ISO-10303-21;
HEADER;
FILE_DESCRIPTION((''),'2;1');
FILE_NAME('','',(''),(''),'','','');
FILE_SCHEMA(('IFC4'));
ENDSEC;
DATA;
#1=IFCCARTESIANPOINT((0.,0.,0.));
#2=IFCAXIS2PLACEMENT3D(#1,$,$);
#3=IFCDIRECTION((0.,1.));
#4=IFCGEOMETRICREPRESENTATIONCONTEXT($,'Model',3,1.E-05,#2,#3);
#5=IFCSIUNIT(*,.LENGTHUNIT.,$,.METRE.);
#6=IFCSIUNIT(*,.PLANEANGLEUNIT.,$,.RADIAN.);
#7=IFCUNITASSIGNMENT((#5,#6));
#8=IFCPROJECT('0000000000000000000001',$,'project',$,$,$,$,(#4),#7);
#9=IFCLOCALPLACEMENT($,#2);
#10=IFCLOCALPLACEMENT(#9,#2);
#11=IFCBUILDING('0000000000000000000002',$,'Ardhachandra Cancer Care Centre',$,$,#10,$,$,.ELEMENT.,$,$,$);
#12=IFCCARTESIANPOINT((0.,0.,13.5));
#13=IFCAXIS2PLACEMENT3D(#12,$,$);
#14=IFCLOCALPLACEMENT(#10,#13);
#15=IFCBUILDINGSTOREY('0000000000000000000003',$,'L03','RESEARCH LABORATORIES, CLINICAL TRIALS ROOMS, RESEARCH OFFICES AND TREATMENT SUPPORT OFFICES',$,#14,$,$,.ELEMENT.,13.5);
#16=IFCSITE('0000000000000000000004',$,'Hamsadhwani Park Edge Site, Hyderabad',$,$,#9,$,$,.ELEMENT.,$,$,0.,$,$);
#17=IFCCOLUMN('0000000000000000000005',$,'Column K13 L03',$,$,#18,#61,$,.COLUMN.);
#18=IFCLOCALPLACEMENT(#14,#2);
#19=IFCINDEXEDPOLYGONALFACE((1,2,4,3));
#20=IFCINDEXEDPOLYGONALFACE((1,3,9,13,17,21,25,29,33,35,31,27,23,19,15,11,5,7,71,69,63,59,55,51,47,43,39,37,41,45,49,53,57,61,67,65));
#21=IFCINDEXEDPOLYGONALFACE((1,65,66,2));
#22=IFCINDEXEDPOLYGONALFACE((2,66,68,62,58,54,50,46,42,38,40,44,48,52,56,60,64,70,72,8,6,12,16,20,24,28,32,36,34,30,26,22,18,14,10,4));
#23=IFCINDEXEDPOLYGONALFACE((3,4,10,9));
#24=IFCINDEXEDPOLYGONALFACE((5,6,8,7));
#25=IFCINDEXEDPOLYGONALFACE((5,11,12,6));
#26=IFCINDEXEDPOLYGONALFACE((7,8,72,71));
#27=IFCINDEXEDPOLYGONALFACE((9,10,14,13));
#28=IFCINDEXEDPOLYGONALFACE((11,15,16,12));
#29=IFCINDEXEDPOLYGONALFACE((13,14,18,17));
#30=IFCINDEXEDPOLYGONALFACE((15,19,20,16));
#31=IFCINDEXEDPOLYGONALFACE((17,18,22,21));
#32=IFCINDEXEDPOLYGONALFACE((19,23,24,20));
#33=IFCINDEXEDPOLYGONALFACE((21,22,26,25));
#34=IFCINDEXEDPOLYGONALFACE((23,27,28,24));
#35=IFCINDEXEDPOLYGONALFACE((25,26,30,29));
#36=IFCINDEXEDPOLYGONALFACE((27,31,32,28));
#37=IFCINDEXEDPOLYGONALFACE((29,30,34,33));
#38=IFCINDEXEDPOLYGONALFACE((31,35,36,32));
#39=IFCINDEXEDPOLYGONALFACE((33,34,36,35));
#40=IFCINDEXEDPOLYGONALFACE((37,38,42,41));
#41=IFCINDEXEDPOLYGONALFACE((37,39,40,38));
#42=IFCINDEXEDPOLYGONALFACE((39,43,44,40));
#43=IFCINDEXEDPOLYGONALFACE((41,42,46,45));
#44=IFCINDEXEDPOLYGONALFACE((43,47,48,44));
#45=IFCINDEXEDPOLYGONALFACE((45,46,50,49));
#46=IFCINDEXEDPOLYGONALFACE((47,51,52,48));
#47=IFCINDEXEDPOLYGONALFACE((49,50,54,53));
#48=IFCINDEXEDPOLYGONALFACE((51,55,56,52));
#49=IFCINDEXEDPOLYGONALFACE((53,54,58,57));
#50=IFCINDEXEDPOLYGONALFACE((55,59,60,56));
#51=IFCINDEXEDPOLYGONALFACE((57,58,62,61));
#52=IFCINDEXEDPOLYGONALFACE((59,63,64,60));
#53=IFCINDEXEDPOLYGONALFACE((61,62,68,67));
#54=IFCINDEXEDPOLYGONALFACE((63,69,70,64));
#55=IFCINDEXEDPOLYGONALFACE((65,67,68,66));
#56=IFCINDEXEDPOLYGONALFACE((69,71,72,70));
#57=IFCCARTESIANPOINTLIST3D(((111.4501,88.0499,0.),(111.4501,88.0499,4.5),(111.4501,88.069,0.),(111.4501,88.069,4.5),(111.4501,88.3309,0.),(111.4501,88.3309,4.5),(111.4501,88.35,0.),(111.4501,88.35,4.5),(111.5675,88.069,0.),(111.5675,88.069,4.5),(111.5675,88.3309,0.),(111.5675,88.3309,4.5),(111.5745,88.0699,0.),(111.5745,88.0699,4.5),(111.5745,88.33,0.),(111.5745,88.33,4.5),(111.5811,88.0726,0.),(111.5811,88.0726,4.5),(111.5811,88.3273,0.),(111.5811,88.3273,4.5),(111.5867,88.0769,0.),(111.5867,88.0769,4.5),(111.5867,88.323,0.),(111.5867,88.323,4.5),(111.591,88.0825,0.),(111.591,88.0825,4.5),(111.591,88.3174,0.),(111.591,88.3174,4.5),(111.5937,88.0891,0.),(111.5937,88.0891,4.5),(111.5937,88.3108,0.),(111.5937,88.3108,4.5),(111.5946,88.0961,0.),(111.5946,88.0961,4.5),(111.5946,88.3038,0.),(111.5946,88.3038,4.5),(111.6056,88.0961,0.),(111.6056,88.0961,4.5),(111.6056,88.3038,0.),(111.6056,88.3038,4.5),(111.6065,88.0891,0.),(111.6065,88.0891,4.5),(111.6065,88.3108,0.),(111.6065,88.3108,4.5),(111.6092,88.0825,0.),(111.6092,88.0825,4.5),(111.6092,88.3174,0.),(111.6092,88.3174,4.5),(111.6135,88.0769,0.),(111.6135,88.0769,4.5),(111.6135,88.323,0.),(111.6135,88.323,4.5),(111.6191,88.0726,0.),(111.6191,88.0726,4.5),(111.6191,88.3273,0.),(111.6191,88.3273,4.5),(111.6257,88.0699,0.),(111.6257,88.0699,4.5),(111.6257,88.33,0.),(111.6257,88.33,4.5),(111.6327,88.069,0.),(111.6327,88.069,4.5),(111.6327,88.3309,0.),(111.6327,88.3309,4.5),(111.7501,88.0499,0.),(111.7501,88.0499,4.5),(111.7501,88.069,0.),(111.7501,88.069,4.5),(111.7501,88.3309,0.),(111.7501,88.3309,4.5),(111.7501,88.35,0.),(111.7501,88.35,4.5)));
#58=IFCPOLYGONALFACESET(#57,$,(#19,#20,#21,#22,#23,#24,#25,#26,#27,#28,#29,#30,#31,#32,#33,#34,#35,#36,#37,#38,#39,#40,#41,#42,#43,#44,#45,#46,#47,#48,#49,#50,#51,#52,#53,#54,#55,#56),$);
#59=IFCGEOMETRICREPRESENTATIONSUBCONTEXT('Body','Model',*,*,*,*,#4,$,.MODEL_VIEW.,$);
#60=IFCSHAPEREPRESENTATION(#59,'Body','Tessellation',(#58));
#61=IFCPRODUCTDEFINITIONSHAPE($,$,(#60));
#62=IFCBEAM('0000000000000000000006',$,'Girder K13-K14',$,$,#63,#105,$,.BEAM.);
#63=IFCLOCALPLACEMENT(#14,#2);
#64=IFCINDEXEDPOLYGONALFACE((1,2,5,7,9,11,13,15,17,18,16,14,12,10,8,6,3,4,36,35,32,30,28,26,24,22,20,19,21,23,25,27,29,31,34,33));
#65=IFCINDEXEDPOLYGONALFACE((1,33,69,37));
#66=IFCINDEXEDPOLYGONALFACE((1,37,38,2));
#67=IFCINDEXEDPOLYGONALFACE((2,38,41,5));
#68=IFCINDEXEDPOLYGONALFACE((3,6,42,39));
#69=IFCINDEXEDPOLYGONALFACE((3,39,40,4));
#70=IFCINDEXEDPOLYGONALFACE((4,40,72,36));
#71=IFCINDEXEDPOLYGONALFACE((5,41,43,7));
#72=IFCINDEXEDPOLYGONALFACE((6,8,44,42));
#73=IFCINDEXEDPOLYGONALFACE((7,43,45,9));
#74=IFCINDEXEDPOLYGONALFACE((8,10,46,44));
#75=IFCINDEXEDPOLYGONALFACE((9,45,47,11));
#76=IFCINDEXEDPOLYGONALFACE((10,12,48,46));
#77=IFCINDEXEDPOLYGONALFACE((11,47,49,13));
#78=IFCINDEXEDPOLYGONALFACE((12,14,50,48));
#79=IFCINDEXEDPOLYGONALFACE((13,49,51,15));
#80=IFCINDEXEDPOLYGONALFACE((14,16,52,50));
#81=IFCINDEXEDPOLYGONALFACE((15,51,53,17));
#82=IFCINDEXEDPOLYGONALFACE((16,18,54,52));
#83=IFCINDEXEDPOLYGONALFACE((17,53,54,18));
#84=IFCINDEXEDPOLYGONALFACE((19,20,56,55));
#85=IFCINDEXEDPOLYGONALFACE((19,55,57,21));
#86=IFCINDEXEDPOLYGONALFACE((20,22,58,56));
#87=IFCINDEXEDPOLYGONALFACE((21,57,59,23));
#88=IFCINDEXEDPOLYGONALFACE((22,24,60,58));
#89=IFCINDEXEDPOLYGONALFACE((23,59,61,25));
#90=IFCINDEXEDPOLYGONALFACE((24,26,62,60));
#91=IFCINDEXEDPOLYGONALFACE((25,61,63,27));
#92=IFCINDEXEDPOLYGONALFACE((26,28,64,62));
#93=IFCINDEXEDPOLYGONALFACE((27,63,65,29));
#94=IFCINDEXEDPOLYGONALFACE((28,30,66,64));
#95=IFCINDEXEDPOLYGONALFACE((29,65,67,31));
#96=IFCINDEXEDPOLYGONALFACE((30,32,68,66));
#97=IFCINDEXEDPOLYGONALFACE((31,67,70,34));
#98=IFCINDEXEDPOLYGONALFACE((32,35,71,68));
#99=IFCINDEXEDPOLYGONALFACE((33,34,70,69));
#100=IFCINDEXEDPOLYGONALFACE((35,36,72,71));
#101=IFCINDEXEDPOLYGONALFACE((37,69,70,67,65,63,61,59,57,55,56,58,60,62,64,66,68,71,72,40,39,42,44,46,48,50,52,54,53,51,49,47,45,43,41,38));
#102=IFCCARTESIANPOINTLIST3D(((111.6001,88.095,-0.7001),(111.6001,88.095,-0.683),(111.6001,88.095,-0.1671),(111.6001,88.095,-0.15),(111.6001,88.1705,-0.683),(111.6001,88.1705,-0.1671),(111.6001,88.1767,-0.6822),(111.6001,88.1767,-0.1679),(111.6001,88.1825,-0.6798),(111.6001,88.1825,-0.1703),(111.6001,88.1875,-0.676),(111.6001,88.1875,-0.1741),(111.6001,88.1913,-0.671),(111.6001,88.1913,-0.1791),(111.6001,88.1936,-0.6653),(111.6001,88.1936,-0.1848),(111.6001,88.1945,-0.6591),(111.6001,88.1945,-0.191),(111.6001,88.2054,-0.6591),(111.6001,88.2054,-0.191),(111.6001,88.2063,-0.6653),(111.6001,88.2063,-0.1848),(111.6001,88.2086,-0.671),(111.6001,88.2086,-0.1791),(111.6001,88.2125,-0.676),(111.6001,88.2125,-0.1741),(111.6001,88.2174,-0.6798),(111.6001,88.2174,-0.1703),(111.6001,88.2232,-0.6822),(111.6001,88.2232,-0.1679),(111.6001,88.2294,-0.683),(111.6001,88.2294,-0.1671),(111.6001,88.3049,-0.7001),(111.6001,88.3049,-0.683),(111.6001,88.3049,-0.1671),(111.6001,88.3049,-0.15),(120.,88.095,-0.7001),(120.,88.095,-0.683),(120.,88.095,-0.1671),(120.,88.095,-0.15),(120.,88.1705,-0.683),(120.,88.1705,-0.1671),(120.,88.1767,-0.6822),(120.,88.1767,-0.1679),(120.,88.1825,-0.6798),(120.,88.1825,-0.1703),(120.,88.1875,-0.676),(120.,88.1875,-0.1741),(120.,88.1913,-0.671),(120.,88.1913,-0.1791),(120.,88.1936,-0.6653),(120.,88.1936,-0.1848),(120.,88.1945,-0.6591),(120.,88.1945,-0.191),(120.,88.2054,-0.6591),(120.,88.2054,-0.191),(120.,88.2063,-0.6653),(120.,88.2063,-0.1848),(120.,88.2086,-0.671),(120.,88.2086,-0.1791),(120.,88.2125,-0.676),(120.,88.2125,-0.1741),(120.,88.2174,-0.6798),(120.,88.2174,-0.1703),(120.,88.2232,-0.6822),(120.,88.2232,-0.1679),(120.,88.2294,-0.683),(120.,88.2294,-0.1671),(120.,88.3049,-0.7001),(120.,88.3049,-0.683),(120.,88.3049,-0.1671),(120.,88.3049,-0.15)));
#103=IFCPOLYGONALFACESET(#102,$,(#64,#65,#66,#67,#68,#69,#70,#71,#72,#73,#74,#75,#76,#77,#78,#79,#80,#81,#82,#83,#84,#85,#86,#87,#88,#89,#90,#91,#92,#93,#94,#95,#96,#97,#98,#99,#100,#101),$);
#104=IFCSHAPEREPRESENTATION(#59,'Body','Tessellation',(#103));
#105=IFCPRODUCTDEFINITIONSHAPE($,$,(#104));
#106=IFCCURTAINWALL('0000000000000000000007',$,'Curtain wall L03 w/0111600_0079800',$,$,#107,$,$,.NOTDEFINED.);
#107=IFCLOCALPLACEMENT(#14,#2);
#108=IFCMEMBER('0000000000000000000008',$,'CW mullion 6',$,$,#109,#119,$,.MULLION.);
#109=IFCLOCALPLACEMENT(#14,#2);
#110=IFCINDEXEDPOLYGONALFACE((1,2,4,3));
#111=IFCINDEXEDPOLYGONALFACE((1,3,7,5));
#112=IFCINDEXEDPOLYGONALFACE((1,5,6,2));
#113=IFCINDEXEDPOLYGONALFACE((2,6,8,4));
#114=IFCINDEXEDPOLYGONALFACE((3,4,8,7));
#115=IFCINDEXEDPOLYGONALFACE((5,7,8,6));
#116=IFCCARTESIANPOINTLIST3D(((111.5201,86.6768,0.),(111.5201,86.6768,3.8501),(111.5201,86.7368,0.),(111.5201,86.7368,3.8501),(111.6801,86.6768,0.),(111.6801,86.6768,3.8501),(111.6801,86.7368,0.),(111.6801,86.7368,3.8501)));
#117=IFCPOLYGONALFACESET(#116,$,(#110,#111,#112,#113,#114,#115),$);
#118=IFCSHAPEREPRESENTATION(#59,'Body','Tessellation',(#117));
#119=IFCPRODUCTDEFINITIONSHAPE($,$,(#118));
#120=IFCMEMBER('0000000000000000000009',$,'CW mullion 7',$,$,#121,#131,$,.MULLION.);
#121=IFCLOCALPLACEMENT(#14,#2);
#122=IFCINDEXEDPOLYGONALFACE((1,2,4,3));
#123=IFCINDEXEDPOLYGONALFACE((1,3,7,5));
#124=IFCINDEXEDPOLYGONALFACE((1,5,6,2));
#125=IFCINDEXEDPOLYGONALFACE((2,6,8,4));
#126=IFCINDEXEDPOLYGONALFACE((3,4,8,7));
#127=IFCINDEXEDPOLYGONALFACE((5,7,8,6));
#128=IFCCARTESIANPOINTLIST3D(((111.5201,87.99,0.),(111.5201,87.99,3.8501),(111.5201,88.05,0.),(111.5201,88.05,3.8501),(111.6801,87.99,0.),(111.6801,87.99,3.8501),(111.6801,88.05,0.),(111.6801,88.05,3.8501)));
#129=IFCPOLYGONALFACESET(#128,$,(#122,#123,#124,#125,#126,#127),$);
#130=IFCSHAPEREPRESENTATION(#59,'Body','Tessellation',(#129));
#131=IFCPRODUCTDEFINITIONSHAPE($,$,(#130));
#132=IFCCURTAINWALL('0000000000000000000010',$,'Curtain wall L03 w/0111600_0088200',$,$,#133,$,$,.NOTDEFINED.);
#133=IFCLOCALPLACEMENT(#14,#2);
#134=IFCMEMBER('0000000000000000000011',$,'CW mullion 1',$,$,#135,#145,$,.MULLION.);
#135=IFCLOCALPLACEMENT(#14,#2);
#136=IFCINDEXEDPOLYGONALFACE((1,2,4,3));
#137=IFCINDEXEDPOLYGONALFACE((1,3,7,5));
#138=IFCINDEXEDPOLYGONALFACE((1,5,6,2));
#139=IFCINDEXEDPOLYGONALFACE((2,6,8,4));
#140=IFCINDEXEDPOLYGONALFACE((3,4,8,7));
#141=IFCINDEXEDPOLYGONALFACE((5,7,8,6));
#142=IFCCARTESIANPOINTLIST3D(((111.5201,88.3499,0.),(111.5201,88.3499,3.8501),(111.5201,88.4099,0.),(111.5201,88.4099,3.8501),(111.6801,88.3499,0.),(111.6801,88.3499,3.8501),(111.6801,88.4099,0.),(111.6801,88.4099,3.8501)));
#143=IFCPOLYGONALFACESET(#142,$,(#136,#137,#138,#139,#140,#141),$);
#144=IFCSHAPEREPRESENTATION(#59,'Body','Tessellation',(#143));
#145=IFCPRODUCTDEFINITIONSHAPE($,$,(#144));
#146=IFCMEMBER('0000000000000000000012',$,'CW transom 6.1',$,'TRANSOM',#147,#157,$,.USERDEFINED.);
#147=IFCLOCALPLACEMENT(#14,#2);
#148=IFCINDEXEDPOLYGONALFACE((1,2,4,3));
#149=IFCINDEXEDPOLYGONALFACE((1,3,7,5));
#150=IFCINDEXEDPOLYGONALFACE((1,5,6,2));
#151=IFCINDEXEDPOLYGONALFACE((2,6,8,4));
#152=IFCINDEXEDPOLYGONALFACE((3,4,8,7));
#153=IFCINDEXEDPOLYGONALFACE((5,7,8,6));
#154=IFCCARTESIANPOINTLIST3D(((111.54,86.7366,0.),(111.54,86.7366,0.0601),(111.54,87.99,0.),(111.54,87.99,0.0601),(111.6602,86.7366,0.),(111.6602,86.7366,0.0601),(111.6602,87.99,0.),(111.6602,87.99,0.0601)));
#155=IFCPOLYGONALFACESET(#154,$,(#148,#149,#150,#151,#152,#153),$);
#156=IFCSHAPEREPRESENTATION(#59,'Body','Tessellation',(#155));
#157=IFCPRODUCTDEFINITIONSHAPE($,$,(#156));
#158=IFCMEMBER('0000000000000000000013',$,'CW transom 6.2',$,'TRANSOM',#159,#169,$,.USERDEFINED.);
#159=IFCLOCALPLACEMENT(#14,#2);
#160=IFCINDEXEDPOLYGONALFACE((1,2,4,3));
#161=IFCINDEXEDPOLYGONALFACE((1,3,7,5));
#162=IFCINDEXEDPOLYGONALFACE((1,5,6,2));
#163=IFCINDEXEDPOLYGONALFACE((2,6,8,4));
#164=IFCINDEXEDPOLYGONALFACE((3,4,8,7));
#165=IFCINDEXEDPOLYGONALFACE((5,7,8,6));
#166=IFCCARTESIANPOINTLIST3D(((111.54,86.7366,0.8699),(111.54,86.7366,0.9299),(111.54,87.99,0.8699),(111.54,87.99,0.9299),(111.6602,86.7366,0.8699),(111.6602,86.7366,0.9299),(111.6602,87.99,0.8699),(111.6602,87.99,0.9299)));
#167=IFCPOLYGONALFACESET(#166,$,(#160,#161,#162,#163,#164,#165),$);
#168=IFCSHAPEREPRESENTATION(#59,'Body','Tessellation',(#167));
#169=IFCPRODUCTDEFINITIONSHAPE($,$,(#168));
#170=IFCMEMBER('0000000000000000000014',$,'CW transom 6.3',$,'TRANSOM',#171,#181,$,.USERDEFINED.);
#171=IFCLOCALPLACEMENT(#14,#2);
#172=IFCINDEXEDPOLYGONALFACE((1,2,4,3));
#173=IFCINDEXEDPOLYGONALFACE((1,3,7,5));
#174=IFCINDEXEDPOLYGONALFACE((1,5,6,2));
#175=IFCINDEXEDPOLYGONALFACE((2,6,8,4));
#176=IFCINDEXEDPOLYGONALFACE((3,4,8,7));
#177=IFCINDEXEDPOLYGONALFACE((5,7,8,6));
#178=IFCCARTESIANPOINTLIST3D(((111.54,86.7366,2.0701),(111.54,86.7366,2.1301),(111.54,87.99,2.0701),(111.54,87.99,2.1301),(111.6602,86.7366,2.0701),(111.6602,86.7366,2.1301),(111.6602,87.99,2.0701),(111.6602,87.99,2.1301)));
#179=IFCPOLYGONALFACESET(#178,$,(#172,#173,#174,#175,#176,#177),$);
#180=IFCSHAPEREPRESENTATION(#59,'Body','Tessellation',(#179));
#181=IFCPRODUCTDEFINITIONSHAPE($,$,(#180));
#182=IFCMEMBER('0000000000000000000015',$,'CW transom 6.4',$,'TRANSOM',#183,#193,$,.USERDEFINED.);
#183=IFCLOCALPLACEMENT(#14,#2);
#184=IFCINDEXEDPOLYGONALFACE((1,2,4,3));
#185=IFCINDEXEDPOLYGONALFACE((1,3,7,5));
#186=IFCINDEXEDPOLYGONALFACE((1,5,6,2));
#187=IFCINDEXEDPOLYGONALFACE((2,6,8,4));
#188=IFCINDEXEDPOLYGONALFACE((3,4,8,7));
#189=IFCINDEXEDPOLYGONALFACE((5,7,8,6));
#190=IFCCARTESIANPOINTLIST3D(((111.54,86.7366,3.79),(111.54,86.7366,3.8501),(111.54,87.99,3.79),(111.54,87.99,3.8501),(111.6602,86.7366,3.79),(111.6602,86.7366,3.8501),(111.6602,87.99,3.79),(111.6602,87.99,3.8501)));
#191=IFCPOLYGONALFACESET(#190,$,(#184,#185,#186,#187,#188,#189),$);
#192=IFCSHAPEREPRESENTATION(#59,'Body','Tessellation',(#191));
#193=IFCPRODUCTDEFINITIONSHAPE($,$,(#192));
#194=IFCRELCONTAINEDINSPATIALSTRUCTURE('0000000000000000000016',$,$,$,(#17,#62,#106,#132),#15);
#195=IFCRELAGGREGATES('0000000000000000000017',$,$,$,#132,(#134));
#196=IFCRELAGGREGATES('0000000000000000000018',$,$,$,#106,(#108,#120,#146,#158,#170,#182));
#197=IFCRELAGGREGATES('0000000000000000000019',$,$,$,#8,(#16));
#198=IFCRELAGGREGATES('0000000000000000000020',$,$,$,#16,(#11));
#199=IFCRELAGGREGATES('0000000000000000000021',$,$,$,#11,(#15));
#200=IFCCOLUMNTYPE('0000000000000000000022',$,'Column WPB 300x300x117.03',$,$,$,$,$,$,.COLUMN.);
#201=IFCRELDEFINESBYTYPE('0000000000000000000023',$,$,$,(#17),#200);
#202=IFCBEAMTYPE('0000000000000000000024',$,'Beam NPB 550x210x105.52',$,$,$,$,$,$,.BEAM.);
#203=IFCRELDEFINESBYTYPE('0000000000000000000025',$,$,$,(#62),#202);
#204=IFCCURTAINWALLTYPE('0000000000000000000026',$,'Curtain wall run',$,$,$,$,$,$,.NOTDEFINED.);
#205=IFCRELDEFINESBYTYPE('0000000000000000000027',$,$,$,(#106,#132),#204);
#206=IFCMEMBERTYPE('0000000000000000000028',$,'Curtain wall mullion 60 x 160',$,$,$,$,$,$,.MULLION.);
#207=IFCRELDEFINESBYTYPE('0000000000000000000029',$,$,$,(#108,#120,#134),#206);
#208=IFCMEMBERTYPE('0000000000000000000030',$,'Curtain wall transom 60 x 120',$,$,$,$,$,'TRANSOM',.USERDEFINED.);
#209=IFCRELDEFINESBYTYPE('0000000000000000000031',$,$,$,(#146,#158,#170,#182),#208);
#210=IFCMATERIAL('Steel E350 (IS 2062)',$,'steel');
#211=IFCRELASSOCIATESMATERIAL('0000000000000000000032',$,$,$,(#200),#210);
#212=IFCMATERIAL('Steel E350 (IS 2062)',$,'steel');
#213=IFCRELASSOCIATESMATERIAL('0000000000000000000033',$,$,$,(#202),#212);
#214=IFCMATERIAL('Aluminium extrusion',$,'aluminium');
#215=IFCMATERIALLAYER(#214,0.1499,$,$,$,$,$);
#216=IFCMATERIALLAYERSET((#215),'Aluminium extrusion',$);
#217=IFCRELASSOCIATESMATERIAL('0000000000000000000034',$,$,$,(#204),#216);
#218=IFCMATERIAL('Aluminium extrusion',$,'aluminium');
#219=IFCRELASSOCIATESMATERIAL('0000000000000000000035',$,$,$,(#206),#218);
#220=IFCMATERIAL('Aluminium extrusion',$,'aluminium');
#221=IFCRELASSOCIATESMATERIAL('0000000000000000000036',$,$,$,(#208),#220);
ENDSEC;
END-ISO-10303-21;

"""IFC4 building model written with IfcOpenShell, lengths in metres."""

from ifc_helpers import new_model, si_unit, direction, frame, origin, origin_2d, place, context, subcontext, project, spatial, rectangle, i_section, extrude, material, layer, layer_set, material_profile, profile_set, type_object, element, aggregate, save


model = new_model("IFC4")

# Units and contexts
model_context = context("Model", 3, precision=1e-05, world=origin(), true_north=direction((0.0, 1.0)))
body_context = subcontext(model_context, "Body", "Model", "MODEL_VIEW")
ifc_project = project(units=[si_unit("LENGTHUNIT", "METRE"), si_unit("PLANEANGLEUNIT", "RADIAN")], contexts=[model_context])

# Site, building, storey
site_placement = place(None, origin())
site = spatial("IfcSite", under=ifc_project, at=site_placement, Name="Hamsadhwani Park Edge Site, Hyderabad", CompositionType="ELEMENT", RefElevation=0.0)
building_placement = place(site_placement, origin())
building = spatial("IfcBuilding", under=site, at=building_placement, Name="Ardhachandra Cancer Care Centre", CompositionType="ELEMENT")
storey_placement = place(building_placement, frame((0.0, 0.0, 13.5)))
storey = spatial("IfcBuildingStorey", under=building, at=storey_placement, Name="L03", Description="RESEARCH LABORATORIES, CLINICAL TRIALS ROOMS, RESEARCH OFFICES AND TREATMENT SUPPORT OFFICES", CompositionType="ELEMENT", Elevation=13.5)

# Column
ifc_material_1 = material(Name="Steel E350 (IS 2062)", Category="steel")
ifc_material_profile_1 = material_profile(ifc_material_1, i_section(OverallWidth=0.3, OverallDepth=0.3, WebThickness=0.011, FlangeThickness=0.019, FilletRadius=0.0271, at=origin_2d()), Name="WPB 300x300x117.03")
ifc_profile_set_1 = profile_set([ifc_material_profile_1], Name="Steel E350 (IS 2062)")
column_type = type_object("IfcColumnType", Name="Column WPB 300x300x117.03", PredefinedType="COLUMN", material=ifc_profile_set_1)
column_placement = place(storey_placement, frame((111.6001, 88.2, 0.0), z_axis=(0.0, 0.0, 1.0), x_axis=(1.0, 0.0, 0.0)))
element("IfcColumn", 1, at=column_placement, inside=storey, type_object=column_type, Name="Column K13 L03", PredefinedType="COLUMN", context=body_context, shape_type="SweptSolid", body=[
    extrude(i_section(OverallWidth=0.3, OverallDepth=0.3, WebThickness=0.011, FlangeThickness=0.019, FilletRadius=0.0271, at=origin_2d()), origin(), (0.0, 0.0, 1.0), 4.5),
])

# Beam
ifc_material_2 = material(Name="Steel E350 (IS 2062)", Category="steel")
ifc_material_profile_2 = material_profile(ifc_material_2, i_section(OverallWidth=0.21, OverallDepth=0.55, WebThickness=0.011, FlangeThickness=0.0171, FilletRadius=0.0239, at=origin_2d()), Name="NPB 550x210x105.52")
ifc_profile_set_2 = profile_set([ifc_material_profile_2], Name="Steel E350 (IS 2062)")
beam_type = type_object("IfcBeamType", Name="Beam NPB 550x210x105.52", PredefinedType="BEAM", material=ifc_profile_set_2)
beam_placement = place(storey_placement, frame((111.6001, 88.2, -0.425), z_axis=(1.0, 0.0, 0.0), x_axis=(0.0, 1.0, 0.0)))
element("IfcBeam", 2, at=beam_placement, inside=storey, type_object=beam_type, Name="Girder K13-K14", PredefinedType="BEAM", context=body_context, shape_type="SweptSolid", body=[
    extrude(i_section(OverallWidth=0.21, OverallDepth=0.55, WebThickness=0.011, FlangeThickness=0.0171, FilletRadius=0.0239, at=origin_2d()), origin(), (0.0, 0.0, 1.0), 8.3999),
])

# Curtain wall, members
ifc_material_3 = material(Name="Aluminium extrusion", Category="aluminium")
ifc_layer_1 = layer(ifc_material_3, 0.1499)
ifc_layer_set_1 = layer_set([ifc_layer_1], Name="Aluminium extrusion")
curtain_wall_type = type_object("IfcCurtainWallType", Name="Curtain wall run", PredefinedType="NOTDEFINED", material=ifc_layer_set_1)
curtain_wall_1_placement = place(storey_placement, origin())
curtain_wall_1 = element("IfcCurtainWall", 3, at=curtain_wall_1_placement, inside=storey, type_object=curtain_wall_type, Name="Curtain wall L03 w/0111600_0079800", PredefinedType="NOTDEFINED")
ifc_material_4 = material(Name="Aluminium extrusion", Category="aluminium")
ifc_material_profile_3 = material_profile(ifc_material_4, rectangle(XDim=0.1599, YDim=0.0601, at=origin_2d()), Name="Curtain wall mullion 60 x 160")
ifc_profile_set_3 = profile_set([ifc_material_profile_3], Name="Aluminium extrusion")
member_type_1 = type_object("IfcMemberType", Name="Curtain wall mullion 60 x 160", PredefinedType="MULLION", material=ifc_profile_set_3)
member_1_placement = place(storey_placement, frame((111.6001, 86.7068, 0.0), z_axis=(0.0, 0.0, 1.0), x_axis=(-1.0, 0.0, 0.0)))
member_1 = element("IfcMember", 4, at=member_1_placement, type_object=member_type_1, Name="CW mullion 6", PredefinedType="MULLION", context=body_context, shape_type="SweptSolid", body=[
    extrude(rectangle(XDim=0.1599, YDim=0.0601, at=origin_2d()), origin(), (0.0, 0.0, 1.0), 3.8501),
])
member_2_placement = place(storey_placement, frame((111.6001, 88.02, 0.0), z_axis=(0.0, 0.0, 1.0), x_axis=(-1.0, 0.0, 0.0)))
member_2 = element("IfcMember", 5, at=member_2_placement, type_object=member_type_1, Name="CW mullion 7", PredefinedType="MULLION", context=body_context, shape_type="SweptSolid", body=[
    extrude(rectangle(XDim=0.1599, YDim=0.0601, at=origin_2d()), origin(), (0.0, 0.0, 1.0), 3.8501),
])

# Curtain wall, member
curtain_wall_2_placement = place(storey_placement, origin())
curtain_wall_2 = element("IfcCurtainWall", 6, at=curtain_wall_2_placement, inside=storey, type_object=curtain_wall_type, Name="Curtain wall L03 w/0111600_0088200", PredefinedType="NOTDEFINED")
member_3_placement = place(storey_placement, frame((111.6001, 88.3799, 0.0), z_axis=(0.0, 0.0, 1.0), x_axis=(-1.0, 0.0, 0.0)))
member_3 = element("IfcMember", 7, at=member_3_placement, type_object=member_type_1, Name="CW mullion 1", PredefinedType="MULLION", context=body_context, shape_type="SweptSolid", body=[
    extrude(rectangle(XDim=0.1599, YDim=0.0601, at=origin_2d()), origin(), (0.0, 0.0, 1.0), 3.8501),
])

# Members
ifc_material_5 = material(Name="Aluminium extrusion", Category="aluminium")
ifc_material_profile_4 = material_profile(ifc_material_5, rectangle(XDim=0.1201, YDim=0.0601, at=origin_2d()), Name="Curtain wall transom 60 x 120")
ifc_profile_set_4 = profile_set([ifc_material_profile_4], Name="Aluminium extrusion")
member_type_2 = type_object("IfcMemberType", Name="Curtain wall transom 60 x 120", ElementType="TRANSOM", PredefinedType="USERDEFINED", material=ifc_profile_set_4)
member_4_placement = place(storey_placement, frame((111.6001, 86.7366, 0.03), z_axis=(0.0, 1.0, 0.0), x_axis=(-1.0, 0.0, 0.0)))
member_4 = element("IfcMember", 8, at=member_4_placement, type_object=member_type_2, Name="CW transom 6.1", ObjectType="TRANSOM", PredefinedType="USERDEFINED", context=body_context, shape_type="SweptSolid", body=[
    extrude(rectangle(XDim=0.1201, YDim=0.0601, at=origin_2d()), origin(), (0.0, 0.0, 1.0), 1.2534),
])
member_5_placement = place(storey_placement, frame((111.6001, 86.7366, 0.8999), z_axis=(0.0, 1.0, 0.0), x_axis=(-1.0, 0.0, 0.0)))
member_5 = element("IfcMember", 9, at=member_5_placement, type_object=member_type_2, Name="CW transom 6.2", ObjectType="TRANSOM", PredefinedType="USERDEFINED", context=body_context, shape_type="SweptSolid", body=[
    extrude(rectangle(XDim=0.1201, YDim=0.0601, at=origin_2d()), origin(), (0.0, 0.0, 1.0), 1.2534),
])
member_6_placement = place(storey_placement, frame((111.6001, 86.7366, 2.1001), z_axis=(0.0, 1.0, 0.0), x_axis=(-1.0, 0.0, 0.0)))
member_6 = element("IfcMember", 10, at=member_6_placement, type_object=member_type_2, Name="CW transom 6.3", ObjectType="TRANSOM", PredefinedType="USERDEFINED", context=body_context, shape_type="SweptSolid", body=[
    extrude(rectangle(XDim=0.1201, YDim=0.0601, at=origin_2d()), origin(), (0.0, 0.0, 1.0), 1.2534),
])
member_7_placement = place(storey_placement, frame((111.6001, 86.7366, 3.8201), z_axis=(0.0, 1.0, 0.0), x_axis=(-1.0, 0.0, 0.0)))
member_7 = element("IfcMember", 11, at=member_7_placement, type_object=member_type_2, Name="CW transom 6.4", ObjectType="TRANSOM", PredefinedType="USERDEFINED", context=body_context, shape_type="SweptSolid", body=[
    extrude(rectangle(XDim=0.1201, YDim=0.0601, at=origin_2d()), origin(), (0.0, 0.0, 1.0), 1.2534),
])
aggregate(curtain_wall_2, [member_3])

aggregate(curtain_wall_1, [member_1, member_2, member_4, member_5, member_6, member_7])

save(model, "model.ifc")
